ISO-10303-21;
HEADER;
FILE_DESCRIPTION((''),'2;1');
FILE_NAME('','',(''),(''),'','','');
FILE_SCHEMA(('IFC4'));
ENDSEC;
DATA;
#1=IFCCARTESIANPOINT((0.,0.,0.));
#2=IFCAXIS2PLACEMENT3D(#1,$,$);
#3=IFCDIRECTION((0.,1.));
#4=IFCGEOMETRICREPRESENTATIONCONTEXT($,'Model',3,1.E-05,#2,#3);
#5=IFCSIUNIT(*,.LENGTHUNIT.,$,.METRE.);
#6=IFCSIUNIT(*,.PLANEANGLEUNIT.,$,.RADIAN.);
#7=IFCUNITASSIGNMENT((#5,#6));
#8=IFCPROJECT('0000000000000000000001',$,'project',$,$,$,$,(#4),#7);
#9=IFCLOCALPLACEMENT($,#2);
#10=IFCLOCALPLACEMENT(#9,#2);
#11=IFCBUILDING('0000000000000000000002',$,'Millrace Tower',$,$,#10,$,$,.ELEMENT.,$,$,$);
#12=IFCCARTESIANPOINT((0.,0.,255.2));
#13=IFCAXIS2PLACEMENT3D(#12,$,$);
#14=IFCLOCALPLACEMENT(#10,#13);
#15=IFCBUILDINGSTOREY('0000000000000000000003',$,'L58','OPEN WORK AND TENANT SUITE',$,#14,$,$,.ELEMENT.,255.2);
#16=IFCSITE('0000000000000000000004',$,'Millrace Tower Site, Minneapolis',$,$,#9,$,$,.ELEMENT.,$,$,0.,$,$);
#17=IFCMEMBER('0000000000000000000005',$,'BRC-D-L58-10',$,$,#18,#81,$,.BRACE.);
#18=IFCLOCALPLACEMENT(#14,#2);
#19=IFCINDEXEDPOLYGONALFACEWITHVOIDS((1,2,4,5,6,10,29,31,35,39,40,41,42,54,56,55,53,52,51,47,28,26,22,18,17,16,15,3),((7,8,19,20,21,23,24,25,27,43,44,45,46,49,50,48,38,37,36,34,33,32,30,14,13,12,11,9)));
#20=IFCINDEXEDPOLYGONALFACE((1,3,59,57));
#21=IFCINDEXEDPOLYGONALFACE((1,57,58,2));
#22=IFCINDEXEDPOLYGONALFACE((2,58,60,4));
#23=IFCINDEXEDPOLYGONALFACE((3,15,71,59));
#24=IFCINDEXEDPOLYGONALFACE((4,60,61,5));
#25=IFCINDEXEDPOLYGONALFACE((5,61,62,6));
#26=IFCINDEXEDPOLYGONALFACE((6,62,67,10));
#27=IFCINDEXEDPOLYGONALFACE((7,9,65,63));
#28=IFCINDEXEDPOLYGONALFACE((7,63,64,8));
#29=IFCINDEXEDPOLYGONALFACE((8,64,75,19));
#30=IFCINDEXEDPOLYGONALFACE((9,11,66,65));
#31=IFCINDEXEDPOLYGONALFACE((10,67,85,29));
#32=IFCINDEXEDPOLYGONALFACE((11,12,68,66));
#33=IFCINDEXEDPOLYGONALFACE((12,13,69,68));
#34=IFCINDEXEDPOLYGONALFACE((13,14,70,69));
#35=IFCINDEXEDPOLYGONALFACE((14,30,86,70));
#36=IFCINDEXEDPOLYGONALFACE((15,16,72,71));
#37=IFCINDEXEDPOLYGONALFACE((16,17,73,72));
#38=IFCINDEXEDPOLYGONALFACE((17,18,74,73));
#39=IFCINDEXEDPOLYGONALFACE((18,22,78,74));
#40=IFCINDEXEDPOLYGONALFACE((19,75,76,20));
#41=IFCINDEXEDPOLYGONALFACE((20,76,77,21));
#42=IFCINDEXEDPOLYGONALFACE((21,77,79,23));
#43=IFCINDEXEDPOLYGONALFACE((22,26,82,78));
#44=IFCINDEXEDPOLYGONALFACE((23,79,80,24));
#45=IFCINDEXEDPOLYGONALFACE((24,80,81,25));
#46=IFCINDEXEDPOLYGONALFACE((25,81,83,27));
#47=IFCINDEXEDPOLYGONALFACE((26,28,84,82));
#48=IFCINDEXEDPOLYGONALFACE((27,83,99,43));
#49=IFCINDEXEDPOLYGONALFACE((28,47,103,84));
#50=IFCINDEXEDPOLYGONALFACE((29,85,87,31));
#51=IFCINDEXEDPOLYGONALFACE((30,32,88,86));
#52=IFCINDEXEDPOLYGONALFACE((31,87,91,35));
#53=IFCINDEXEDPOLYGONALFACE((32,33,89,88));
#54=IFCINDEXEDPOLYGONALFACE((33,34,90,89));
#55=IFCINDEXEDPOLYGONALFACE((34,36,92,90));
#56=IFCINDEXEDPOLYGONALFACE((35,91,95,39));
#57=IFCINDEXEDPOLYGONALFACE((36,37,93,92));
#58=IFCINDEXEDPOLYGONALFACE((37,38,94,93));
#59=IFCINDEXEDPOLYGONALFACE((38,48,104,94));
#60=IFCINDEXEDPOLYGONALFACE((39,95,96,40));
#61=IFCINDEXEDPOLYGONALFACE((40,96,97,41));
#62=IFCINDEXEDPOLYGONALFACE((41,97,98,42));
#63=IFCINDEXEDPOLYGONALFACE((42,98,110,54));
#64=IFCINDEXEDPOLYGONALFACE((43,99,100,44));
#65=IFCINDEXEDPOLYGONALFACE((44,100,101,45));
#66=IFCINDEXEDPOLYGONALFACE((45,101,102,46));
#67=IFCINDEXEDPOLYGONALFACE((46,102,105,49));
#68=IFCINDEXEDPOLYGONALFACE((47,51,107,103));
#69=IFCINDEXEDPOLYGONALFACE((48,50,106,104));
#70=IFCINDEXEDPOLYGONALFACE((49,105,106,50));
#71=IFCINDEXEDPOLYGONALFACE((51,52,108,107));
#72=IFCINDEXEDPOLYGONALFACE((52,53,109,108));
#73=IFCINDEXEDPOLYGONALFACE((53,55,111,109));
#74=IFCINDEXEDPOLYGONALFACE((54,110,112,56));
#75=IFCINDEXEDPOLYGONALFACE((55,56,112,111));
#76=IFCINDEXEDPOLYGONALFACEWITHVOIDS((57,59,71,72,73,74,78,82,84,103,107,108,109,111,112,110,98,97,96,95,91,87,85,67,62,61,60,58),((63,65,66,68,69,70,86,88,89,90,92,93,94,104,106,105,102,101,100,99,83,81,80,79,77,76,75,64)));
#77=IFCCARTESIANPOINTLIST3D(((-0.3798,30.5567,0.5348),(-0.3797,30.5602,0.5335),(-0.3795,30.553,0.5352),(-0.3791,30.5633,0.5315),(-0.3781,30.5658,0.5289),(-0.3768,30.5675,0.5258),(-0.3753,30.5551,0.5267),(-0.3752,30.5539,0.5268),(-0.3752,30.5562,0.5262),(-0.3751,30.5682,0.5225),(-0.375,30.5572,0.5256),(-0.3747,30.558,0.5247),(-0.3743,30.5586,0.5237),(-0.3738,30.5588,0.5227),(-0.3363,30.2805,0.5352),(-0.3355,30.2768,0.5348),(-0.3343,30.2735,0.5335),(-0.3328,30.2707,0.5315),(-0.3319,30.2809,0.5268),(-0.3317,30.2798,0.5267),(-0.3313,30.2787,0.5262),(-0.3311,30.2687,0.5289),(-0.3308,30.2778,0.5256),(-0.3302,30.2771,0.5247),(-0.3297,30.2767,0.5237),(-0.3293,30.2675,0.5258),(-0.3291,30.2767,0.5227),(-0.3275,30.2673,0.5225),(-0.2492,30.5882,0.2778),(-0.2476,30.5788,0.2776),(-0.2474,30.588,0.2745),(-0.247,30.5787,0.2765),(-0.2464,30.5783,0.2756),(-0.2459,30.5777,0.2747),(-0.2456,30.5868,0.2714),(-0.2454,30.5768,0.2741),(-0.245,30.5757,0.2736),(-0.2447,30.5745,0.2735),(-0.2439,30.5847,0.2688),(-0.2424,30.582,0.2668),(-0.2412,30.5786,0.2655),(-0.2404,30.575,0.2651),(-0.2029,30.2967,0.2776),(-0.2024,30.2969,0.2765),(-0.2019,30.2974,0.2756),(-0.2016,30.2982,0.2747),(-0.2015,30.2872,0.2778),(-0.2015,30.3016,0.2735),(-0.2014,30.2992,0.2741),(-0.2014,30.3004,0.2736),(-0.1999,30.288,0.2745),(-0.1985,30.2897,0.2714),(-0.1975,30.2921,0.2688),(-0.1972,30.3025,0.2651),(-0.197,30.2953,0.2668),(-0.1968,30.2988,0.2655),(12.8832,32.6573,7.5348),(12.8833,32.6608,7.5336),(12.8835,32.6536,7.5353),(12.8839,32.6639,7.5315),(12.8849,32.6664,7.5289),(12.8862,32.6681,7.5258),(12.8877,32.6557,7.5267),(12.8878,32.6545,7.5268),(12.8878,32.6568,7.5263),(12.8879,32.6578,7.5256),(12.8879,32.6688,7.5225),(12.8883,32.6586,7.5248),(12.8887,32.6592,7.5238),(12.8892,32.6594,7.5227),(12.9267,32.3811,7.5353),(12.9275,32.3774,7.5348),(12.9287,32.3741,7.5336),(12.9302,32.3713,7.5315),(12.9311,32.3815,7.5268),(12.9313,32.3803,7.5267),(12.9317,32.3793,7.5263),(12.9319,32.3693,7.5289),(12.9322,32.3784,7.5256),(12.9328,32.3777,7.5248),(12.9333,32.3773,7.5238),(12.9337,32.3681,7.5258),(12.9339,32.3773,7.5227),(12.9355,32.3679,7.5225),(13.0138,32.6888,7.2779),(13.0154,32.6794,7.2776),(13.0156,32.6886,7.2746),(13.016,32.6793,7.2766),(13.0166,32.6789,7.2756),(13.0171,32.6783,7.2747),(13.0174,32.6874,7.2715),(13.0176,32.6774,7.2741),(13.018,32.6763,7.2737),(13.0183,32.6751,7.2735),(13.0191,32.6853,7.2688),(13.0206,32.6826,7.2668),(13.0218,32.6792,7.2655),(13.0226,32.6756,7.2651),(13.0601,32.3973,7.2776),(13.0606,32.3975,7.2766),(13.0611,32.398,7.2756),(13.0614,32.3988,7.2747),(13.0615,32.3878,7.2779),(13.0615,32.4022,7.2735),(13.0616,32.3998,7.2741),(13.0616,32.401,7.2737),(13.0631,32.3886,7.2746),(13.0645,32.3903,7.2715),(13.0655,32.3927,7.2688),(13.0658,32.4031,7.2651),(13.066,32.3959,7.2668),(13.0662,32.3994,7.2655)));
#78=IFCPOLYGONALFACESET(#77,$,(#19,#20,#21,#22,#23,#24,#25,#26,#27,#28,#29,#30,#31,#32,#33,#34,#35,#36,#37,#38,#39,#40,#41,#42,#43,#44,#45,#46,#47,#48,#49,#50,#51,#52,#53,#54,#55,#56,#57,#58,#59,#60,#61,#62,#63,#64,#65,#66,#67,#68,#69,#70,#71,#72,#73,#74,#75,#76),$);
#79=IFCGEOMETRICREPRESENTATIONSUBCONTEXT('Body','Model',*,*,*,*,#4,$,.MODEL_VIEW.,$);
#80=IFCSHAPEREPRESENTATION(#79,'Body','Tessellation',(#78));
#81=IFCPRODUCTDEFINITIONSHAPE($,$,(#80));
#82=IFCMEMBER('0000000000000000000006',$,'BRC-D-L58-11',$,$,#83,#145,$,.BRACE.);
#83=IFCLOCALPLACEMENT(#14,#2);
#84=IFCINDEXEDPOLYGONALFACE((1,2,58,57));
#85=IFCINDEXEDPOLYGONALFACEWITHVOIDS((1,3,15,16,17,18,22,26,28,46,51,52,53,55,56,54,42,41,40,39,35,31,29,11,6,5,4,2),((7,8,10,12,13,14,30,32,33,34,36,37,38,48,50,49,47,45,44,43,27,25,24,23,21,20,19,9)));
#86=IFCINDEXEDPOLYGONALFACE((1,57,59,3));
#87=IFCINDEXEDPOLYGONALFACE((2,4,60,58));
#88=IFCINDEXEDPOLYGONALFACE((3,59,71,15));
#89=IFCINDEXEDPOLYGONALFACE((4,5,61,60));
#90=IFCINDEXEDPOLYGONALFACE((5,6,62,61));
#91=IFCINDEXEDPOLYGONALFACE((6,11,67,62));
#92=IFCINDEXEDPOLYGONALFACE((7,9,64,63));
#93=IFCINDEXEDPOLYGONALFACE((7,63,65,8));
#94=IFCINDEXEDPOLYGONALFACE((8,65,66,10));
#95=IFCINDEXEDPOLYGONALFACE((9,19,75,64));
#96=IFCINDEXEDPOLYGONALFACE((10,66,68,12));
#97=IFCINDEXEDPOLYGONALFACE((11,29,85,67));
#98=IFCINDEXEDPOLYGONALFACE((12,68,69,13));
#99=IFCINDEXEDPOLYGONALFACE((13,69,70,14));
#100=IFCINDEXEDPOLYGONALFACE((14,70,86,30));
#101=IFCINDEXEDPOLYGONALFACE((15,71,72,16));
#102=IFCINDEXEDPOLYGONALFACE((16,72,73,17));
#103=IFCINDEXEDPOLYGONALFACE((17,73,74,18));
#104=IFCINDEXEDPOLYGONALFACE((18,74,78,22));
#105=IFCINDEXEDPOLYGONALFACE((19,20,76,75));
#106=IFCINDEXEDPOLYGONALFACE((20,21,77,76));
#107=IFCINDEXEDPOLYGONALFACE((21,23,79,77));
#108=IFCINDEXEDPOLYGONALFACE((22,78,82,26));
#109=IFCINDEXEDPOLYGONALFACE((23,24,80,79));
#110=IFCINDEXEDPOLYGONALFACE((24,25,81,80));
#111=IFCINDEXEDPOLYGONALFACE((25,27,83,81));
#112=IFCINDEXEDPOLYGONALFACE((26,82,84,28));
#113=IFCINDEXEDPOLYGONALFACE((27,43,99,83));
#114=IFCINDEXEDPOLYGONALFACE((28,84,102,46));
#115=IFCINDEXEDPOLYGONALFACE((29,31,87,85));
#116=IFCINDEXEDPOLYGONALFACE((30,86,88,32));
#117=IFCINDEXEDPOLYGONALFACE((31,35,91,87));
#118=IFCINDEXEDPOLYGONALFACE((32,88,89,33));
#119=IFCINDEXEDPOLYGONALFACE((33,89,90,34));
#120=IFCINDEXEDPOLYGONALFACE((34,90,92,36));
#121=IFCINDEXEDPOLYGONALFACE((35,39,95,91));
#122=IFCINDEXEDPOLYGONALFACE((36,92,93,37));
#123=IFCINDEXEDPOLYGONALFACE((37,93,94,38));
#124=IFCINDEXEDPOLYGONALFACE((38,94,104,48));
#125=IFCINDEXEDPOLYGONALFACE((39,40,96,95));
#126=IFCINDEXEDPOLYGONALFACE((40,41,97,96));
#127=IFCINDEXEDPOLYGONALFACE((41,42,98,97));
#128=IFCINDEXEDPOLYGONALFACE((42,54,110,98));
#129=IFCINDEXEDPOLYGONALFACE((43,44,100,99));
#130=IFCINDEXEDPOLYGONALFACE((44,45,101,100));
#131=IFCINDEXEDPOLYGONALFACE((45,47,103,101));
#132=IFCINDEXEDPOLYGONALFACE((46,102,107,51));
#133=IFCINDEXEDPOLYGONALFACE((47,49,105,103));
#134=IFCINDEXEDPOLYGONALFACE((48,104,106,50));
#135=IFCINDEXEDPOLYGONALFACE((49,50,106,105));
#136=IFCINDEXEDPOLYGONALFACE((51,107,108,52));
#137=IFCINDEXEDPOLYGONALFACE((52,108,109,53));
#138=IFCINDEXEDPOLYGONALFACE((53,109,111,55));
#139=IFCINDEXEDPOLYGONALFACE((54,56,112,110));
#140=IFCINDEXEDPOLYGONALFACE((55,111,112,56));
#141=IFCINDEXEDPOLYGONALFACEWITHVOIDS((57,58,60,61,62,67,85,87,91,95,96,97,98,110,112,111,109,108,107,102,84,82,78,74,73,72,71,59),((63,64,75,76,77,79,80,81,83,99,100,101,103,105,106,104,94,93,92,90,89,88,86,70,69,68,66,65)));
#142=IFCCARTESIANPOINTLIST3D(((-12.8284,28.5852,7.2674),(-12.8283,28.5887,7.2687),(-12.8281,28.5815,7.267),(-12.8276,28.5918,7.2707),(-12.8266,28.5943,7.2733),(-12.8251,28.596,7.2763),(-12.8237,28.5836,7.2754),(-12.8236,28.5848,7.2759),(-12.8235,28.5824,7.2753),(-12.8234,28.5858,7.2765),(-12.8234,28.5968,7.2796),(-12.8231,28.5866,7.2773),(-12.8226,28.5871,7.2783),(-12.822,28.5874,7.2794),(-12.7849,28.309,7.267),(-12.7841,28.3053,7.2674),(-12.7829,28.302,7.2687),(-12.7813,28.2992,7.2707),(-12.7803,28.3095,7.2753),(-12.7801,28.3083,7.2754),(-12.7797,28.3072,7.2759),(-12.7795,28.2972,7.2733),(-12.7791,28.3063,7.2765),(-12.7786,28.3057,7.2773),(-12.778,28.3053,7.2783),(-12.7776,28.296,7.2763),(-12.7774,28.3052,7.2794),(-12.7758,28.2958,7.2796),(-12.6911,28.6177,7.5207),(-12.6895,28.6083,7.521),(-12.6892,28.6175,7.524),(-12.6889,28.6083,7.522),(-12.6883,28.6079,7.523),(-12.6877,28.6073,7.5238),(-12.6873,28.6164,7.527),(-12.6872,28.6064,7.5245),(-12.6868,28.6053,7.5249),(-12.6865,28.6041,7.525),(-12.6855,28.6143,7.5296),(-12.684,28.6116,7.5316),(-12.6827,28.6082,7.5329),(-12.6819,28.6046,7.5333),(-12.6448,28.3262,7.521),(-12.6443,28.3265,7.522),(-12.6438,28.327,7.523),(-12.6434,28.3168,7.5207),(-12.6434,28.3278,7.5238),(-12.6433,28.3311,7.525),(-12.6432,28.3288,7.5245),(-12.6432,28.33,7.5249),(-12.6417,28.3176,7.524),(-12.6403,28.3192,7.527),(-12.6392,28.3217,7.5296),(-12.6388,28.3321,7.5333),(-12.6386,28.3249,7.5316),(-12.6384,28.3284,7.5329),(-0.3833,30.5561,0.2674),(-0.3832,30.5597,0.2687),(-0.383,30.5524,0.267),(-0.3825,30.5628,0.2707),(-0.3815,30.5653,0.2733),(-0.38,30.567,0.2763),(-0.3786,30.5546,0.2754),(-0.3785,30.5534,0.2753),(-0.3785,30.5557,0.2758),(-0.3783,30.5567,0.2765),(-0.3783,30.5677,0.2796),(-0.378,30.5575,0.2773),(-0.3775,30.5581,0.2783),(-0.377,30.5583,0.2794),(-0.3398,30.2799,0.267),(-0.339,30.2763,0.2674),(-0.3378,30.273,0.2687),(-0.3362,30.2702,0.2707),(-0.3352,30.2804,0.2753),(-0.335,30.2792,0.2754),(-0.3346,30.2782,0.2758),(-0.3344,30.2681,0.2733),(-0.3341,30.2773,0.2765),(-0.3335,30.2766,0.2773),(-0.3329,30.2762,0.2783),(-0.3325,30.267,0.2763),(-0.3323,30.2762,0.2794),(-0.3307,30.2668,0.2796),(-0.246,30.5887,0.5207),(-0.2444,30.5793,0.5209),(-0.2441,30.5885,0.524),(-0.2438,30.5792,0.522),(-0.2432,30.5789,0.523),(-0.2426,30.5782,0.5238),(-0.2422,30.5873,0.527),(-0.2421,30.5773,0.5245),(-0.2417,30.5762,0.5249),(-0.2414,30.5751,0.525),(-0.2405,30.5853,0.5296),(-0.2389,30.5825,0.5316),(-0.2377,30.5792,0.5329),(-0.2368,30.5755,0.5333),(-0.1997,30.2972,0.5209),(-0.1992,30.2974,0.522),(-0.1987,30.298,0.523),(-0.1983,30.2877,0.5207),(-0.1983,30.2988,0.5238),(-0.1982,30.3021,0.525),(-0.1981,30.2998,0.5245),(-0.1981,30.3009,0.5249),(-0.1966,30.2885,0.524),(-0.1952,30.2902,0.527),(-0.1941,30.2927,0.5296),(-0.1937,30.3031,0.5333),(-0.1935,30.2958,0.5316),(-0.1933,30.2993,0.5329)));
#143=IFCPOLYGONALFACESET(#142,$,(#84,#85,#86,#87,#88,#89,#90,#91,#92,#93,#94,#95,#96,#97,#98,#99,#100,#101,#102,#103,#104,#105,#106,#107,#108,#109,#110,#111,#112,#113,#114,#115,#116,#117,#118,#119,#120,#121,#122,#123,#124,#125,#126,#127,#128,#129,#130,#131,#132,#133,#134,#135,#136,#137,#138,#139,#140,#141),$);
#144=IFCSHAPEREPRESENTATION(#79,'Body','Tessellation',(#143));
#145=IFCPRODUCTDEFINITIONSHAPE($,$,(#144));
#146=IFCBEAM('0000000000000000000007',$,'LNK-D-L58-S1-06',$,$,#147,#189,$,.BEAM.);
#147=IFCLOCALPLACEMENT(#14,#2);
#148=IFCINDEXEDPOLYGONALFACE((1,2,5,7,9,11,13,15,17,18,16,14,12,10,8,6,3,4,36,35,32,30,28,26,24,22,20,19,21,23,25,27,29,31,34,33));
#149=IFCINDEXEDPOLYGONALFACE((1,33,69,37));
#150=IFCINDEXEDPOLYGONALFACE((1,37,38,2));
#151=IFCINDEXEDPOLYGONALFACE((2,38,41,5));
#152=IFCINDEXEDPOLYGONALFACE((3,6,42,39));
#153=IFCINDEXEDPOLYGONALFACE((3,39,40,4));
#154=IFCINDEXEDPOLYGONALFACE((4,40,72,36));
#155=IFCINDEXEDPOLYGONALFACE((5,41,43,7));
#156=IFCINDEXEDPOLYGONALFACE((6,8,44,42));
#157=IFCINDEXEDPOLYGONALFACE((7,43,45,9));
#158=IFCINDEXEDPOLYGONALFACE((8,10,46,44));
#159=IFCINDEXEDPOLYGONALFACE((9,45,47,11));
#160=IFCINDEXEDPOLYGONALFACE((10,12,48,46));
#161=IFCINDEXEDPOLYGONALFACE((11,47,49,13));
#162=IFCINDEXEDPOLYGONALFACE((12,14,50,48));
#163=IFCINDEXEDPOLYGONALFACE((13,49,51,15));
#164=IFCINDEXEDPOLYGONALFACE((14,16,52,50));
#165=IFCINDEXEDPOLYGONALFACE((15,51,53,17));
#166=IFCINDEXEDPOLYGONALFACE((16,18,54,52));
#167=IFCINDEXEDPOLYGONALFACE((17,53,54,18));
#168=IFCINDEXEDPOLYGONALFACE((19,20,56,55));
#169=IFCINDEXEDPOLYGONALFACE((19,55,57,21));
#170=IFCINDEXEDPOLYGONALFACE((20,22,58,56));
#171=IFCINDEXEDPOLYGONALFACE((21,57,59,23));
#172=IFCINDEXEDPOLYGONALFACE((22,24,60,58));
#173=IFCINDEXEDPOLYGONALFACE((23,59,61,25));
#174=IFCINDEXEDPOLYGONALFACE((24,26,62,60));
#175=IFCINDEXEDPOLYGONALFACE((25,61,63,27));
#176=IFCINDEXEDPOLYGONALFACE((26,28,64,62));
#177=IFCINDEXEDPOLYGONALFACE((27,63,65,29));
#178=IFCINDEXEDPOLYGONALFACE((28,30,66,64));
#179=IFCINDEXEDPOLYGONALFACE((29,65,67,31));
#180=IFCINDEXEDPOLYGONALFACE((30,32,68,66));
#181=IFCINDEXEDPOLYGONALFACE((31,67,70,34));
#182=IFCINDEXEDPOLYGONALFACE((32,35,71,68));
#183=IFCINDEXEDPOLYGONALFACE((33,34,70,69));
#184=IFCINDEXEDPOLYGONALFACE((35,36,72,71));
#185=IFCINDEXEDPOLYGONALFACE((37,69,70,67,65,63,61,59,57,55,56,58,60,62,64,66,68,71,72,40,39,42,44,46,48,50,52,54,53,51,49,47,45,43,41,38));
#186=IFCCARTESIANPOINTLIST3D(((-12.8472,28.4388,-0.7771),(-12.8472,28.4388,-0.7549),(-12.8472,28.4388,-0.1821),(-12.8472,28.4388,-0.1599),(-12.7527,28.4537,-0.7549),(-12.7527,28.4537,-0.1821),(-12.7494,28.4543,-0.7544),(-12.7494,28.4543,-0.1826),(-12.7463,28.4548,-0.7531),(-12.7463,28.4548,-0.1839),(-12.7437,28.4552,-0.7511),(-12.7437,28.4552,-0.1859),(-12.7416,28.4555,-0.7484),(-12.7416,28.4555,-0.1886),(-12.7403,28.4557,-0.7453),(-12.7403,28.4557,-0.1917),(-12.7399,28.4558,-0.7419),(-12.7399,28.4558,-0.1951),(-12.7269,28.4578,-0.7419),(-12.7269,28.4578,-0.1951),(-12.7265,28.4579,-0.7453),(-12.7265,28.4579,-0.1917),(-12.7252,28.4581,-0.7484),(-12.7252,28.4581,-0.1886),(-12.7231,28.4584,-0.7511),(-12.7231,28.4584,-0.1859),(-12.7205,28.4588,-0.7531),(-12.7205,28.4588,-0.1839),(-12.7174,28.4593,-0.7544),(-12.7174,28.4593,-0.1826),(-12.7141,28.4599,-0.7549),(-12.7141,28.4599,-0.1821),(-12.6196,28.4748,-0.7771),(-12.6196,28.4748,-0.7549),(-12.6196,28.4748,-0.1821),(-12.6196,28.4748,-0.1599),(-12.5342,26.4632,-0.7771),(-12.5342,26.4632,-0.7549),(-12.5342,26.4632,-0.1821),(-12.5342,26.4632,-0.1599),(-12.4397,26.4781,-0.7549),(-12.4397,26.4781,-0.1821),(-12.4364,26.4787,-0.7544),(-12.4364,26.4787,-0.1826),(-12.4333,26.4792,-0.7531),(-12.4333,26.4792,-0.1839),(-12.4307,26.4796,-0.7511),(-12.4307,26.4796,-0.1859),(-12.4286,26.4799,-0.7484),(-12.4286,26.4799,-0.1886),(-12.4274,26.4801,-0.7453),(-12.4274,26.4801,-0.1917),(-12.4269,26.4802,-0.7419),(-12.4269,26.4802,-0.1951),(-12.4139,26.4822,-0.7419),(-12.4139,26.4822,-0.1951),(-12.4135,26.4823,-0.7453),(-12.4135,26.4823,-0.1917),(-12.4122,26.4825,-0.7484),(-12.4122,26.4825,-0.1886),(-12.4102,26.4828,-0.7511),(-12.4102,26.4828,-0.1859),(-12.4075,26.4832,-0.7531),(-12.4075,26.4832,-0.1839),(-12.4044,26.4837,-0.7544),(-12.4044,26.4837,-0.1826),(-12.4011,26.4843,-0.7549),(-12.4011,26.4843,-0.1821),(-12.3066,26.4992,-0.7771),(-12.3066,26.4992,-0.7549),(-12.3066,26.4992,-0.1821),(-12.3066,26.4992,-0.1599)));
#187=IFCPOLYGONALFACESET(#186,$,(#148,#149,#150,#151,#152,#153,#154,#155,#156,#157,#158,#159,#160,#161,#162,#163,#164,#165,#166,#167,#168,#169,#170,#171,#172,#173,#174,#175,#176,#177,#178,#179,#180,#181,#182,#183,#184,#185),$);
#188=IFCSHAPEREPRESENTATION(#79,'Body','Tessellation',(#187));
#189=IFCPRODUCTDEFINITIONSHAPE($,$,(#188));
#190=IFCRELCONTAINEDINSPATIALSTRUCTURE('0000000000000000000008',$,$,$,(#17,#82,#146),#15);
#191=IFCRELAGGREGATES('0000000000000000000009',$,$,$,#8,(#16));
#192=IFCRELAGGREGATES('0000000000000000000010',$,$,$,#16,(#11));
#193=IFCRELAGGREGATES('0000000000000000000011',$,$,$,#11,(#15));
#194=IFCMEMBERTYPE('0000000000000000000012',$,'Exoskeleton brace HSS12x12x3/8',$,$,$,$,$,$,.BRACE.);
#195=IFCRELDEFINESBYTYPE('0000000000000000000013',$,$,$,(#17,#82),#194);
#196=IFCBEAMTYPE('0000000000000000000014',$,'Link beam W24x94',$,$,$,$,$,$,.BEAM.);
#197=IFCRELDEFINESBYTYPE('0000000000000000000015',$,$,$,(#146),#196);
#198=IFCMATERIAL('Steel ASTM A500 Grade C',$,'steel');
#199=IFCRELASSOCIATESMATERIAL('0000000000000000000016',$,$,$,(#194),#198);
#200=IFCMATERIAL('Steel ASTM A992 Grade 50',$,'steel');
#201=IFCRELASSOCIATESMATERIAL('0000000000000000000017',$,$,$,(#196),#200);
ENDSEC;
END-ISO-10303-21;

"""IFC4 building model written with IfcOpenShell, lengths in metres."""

from ifc_helpers import new_model, si_unit, direction, frame, origin, origin_2d, place, context, subcontext, project, spatial, hollow_rectangle, i_section, extrude, material, material_profile, profile_set, type_object, element, save


model = new_model("IFC4")

# Units and contexts
model_context = context("Model", 3, precision=1e-05, world=origin(), true_north=direction((0.0, 1.0)))
body_context = subcontext(model_context, "Body", "Model", "MODEL_VIEW")
ifc_project = project(units=[si_unit("LENGTHUNIT", "METRE"), si_unit("PLANEANGLEUNIT", "RADIAN")], contexts=[model_context])

# Site, building, storey
site_placement = place(None, origin())
site = spatial("IfcSite", under=ifc_project, at=site_placement, Name="Millrace Tower Site, Minneapolis", CompositionType="ELEMENT", RefElevation=0.0)
building_placement = place(site_placement, origin())
building = spatial("IfcBuilding", under=site, at=building_placement, Name="Millrace Tower", CompositionType="ELEMENT")
storey_placement = place(building_placement, frame((0.0, 0.0, 255.2)))
storey = spatial("IfcBuildingStorey", under=building, at=storey_placement, Name="L58", Description="OPEN WORK AND TENANT SUITE", CompositionType="ELEMENT", Elevation=255.2)

# Members
ifc_material_1 = material(Name="Steel ASTM A500 Grade C", Category="steel")
ifc_material_profile_1 = material_profile(ifc_material_1, hollow_rectangle(XDim=0.3047, YDim=0.3047, WallThickness=0.0095, InnerFilletRadius=0.0046, OuterFilletRadius=0.0144, at=origin_2d()))
ifc_profile_set_1 = profile_set([ifc_material_profile_1], Name="Steel ASTM A500 Grade C")
member_type_1 = type_object("IfcMemberType", Name="Exoskeleton brace HSS12x12x3/8", PredefinedType="BRACE", material=ifc_profile_set_1)
member_1_placement = place(storey_placement, frame((-0.2883, 30.4277, 0.4001), z_axis=(0.875832, 0.138714, 0.462252), x_axis=(-0.15643, 0.987689, 0.0)))
element("IfcMember", 1, at=member_1_placement, inside=storey, type_object=member_type_1, Name="BRC-D-L58-10", PredefinedType="BRACE", context=body_context, shape_type="SweptSolid", body=[
    extrude(hollow_rectangle(XDim=0.3047, YDim=0.3047, WallThickness=0.0095, InnerFilletRadius=0.0046, OuterFilletRadius=0.0144, at=origin_2d()), origin(), (0.0, 0.0, 1.0), 15.1433),
])
member_2_placement = place(storey_placement, frame((-0.2883, 30.4277, 0.4001), z_axis=(-0.863399, -0.136738, 0.485638), x_axis=(0.156422, -0.98769, 0.0)))
element("IfcMember", 2, at=member_2_placement, inside=storey, type_object=member_type_1, Name="BRC-D-L58-11", PredefinedType="BRACE", context=body_context, shape_type="SweptSolid", body=[
    extrude(hollow_rectangle(XDim=0.3047, YDim=0.3047, WallThickness=0.0095, InnerFilletRadius=0.0046, OuterFilletRadius=0.0144, at=origin_2d()), origin(), (0.0, 0.0, 1.0), 14.4141),
])

# Beam
ifc_material_2 = material(Name="Steel ASTM A992 Grade 50", Category="steel")
ifc_material_profile_2 = material_profile(ifc_material_2, i_section(OverallWidth=0.2305, OverallDepth=0.6172, WebThickness=0.0132, FlangeThickness=0.0222, FilletRadius=0.0129, at=origin_2d()))
ifc_profile_set_2 = profile_set([ifc_material_profile_2], Name="Steel ASTM A992 Grade 50")
beam_type_1 = type_object("IfcBeamType", Name="Link beam W24x94", PredefinedType="BEAM", material=ifc_profile_set_2)
beam_1_placement = place(storey_placement, frame((-12.4204, 26.4812, -0.4685), z_axis=(-0.156477, 0.987682, 0.0), x_axis=(-0.987682, -0.156477, 0.0)))
element("IfcBeam", 3, at=beam_1_placement, inside=storey, type_object=beam_type_1, Name="LNK-D-L58-S1-06", PredefinedType="BEAM", context=body_context, shape_type="SweptSolid", body=[
    extrude(i_section(OverallWidth=0.2305, OverallDepth=0.6172, WebThickness=0.0132, FlangeThickness=0.0222, FilletRadius=0.0129, at=origin_2d()), origin(), (0.0, 0.0, 1.0), 2.0002),
])

save(model, "model.ifc")
